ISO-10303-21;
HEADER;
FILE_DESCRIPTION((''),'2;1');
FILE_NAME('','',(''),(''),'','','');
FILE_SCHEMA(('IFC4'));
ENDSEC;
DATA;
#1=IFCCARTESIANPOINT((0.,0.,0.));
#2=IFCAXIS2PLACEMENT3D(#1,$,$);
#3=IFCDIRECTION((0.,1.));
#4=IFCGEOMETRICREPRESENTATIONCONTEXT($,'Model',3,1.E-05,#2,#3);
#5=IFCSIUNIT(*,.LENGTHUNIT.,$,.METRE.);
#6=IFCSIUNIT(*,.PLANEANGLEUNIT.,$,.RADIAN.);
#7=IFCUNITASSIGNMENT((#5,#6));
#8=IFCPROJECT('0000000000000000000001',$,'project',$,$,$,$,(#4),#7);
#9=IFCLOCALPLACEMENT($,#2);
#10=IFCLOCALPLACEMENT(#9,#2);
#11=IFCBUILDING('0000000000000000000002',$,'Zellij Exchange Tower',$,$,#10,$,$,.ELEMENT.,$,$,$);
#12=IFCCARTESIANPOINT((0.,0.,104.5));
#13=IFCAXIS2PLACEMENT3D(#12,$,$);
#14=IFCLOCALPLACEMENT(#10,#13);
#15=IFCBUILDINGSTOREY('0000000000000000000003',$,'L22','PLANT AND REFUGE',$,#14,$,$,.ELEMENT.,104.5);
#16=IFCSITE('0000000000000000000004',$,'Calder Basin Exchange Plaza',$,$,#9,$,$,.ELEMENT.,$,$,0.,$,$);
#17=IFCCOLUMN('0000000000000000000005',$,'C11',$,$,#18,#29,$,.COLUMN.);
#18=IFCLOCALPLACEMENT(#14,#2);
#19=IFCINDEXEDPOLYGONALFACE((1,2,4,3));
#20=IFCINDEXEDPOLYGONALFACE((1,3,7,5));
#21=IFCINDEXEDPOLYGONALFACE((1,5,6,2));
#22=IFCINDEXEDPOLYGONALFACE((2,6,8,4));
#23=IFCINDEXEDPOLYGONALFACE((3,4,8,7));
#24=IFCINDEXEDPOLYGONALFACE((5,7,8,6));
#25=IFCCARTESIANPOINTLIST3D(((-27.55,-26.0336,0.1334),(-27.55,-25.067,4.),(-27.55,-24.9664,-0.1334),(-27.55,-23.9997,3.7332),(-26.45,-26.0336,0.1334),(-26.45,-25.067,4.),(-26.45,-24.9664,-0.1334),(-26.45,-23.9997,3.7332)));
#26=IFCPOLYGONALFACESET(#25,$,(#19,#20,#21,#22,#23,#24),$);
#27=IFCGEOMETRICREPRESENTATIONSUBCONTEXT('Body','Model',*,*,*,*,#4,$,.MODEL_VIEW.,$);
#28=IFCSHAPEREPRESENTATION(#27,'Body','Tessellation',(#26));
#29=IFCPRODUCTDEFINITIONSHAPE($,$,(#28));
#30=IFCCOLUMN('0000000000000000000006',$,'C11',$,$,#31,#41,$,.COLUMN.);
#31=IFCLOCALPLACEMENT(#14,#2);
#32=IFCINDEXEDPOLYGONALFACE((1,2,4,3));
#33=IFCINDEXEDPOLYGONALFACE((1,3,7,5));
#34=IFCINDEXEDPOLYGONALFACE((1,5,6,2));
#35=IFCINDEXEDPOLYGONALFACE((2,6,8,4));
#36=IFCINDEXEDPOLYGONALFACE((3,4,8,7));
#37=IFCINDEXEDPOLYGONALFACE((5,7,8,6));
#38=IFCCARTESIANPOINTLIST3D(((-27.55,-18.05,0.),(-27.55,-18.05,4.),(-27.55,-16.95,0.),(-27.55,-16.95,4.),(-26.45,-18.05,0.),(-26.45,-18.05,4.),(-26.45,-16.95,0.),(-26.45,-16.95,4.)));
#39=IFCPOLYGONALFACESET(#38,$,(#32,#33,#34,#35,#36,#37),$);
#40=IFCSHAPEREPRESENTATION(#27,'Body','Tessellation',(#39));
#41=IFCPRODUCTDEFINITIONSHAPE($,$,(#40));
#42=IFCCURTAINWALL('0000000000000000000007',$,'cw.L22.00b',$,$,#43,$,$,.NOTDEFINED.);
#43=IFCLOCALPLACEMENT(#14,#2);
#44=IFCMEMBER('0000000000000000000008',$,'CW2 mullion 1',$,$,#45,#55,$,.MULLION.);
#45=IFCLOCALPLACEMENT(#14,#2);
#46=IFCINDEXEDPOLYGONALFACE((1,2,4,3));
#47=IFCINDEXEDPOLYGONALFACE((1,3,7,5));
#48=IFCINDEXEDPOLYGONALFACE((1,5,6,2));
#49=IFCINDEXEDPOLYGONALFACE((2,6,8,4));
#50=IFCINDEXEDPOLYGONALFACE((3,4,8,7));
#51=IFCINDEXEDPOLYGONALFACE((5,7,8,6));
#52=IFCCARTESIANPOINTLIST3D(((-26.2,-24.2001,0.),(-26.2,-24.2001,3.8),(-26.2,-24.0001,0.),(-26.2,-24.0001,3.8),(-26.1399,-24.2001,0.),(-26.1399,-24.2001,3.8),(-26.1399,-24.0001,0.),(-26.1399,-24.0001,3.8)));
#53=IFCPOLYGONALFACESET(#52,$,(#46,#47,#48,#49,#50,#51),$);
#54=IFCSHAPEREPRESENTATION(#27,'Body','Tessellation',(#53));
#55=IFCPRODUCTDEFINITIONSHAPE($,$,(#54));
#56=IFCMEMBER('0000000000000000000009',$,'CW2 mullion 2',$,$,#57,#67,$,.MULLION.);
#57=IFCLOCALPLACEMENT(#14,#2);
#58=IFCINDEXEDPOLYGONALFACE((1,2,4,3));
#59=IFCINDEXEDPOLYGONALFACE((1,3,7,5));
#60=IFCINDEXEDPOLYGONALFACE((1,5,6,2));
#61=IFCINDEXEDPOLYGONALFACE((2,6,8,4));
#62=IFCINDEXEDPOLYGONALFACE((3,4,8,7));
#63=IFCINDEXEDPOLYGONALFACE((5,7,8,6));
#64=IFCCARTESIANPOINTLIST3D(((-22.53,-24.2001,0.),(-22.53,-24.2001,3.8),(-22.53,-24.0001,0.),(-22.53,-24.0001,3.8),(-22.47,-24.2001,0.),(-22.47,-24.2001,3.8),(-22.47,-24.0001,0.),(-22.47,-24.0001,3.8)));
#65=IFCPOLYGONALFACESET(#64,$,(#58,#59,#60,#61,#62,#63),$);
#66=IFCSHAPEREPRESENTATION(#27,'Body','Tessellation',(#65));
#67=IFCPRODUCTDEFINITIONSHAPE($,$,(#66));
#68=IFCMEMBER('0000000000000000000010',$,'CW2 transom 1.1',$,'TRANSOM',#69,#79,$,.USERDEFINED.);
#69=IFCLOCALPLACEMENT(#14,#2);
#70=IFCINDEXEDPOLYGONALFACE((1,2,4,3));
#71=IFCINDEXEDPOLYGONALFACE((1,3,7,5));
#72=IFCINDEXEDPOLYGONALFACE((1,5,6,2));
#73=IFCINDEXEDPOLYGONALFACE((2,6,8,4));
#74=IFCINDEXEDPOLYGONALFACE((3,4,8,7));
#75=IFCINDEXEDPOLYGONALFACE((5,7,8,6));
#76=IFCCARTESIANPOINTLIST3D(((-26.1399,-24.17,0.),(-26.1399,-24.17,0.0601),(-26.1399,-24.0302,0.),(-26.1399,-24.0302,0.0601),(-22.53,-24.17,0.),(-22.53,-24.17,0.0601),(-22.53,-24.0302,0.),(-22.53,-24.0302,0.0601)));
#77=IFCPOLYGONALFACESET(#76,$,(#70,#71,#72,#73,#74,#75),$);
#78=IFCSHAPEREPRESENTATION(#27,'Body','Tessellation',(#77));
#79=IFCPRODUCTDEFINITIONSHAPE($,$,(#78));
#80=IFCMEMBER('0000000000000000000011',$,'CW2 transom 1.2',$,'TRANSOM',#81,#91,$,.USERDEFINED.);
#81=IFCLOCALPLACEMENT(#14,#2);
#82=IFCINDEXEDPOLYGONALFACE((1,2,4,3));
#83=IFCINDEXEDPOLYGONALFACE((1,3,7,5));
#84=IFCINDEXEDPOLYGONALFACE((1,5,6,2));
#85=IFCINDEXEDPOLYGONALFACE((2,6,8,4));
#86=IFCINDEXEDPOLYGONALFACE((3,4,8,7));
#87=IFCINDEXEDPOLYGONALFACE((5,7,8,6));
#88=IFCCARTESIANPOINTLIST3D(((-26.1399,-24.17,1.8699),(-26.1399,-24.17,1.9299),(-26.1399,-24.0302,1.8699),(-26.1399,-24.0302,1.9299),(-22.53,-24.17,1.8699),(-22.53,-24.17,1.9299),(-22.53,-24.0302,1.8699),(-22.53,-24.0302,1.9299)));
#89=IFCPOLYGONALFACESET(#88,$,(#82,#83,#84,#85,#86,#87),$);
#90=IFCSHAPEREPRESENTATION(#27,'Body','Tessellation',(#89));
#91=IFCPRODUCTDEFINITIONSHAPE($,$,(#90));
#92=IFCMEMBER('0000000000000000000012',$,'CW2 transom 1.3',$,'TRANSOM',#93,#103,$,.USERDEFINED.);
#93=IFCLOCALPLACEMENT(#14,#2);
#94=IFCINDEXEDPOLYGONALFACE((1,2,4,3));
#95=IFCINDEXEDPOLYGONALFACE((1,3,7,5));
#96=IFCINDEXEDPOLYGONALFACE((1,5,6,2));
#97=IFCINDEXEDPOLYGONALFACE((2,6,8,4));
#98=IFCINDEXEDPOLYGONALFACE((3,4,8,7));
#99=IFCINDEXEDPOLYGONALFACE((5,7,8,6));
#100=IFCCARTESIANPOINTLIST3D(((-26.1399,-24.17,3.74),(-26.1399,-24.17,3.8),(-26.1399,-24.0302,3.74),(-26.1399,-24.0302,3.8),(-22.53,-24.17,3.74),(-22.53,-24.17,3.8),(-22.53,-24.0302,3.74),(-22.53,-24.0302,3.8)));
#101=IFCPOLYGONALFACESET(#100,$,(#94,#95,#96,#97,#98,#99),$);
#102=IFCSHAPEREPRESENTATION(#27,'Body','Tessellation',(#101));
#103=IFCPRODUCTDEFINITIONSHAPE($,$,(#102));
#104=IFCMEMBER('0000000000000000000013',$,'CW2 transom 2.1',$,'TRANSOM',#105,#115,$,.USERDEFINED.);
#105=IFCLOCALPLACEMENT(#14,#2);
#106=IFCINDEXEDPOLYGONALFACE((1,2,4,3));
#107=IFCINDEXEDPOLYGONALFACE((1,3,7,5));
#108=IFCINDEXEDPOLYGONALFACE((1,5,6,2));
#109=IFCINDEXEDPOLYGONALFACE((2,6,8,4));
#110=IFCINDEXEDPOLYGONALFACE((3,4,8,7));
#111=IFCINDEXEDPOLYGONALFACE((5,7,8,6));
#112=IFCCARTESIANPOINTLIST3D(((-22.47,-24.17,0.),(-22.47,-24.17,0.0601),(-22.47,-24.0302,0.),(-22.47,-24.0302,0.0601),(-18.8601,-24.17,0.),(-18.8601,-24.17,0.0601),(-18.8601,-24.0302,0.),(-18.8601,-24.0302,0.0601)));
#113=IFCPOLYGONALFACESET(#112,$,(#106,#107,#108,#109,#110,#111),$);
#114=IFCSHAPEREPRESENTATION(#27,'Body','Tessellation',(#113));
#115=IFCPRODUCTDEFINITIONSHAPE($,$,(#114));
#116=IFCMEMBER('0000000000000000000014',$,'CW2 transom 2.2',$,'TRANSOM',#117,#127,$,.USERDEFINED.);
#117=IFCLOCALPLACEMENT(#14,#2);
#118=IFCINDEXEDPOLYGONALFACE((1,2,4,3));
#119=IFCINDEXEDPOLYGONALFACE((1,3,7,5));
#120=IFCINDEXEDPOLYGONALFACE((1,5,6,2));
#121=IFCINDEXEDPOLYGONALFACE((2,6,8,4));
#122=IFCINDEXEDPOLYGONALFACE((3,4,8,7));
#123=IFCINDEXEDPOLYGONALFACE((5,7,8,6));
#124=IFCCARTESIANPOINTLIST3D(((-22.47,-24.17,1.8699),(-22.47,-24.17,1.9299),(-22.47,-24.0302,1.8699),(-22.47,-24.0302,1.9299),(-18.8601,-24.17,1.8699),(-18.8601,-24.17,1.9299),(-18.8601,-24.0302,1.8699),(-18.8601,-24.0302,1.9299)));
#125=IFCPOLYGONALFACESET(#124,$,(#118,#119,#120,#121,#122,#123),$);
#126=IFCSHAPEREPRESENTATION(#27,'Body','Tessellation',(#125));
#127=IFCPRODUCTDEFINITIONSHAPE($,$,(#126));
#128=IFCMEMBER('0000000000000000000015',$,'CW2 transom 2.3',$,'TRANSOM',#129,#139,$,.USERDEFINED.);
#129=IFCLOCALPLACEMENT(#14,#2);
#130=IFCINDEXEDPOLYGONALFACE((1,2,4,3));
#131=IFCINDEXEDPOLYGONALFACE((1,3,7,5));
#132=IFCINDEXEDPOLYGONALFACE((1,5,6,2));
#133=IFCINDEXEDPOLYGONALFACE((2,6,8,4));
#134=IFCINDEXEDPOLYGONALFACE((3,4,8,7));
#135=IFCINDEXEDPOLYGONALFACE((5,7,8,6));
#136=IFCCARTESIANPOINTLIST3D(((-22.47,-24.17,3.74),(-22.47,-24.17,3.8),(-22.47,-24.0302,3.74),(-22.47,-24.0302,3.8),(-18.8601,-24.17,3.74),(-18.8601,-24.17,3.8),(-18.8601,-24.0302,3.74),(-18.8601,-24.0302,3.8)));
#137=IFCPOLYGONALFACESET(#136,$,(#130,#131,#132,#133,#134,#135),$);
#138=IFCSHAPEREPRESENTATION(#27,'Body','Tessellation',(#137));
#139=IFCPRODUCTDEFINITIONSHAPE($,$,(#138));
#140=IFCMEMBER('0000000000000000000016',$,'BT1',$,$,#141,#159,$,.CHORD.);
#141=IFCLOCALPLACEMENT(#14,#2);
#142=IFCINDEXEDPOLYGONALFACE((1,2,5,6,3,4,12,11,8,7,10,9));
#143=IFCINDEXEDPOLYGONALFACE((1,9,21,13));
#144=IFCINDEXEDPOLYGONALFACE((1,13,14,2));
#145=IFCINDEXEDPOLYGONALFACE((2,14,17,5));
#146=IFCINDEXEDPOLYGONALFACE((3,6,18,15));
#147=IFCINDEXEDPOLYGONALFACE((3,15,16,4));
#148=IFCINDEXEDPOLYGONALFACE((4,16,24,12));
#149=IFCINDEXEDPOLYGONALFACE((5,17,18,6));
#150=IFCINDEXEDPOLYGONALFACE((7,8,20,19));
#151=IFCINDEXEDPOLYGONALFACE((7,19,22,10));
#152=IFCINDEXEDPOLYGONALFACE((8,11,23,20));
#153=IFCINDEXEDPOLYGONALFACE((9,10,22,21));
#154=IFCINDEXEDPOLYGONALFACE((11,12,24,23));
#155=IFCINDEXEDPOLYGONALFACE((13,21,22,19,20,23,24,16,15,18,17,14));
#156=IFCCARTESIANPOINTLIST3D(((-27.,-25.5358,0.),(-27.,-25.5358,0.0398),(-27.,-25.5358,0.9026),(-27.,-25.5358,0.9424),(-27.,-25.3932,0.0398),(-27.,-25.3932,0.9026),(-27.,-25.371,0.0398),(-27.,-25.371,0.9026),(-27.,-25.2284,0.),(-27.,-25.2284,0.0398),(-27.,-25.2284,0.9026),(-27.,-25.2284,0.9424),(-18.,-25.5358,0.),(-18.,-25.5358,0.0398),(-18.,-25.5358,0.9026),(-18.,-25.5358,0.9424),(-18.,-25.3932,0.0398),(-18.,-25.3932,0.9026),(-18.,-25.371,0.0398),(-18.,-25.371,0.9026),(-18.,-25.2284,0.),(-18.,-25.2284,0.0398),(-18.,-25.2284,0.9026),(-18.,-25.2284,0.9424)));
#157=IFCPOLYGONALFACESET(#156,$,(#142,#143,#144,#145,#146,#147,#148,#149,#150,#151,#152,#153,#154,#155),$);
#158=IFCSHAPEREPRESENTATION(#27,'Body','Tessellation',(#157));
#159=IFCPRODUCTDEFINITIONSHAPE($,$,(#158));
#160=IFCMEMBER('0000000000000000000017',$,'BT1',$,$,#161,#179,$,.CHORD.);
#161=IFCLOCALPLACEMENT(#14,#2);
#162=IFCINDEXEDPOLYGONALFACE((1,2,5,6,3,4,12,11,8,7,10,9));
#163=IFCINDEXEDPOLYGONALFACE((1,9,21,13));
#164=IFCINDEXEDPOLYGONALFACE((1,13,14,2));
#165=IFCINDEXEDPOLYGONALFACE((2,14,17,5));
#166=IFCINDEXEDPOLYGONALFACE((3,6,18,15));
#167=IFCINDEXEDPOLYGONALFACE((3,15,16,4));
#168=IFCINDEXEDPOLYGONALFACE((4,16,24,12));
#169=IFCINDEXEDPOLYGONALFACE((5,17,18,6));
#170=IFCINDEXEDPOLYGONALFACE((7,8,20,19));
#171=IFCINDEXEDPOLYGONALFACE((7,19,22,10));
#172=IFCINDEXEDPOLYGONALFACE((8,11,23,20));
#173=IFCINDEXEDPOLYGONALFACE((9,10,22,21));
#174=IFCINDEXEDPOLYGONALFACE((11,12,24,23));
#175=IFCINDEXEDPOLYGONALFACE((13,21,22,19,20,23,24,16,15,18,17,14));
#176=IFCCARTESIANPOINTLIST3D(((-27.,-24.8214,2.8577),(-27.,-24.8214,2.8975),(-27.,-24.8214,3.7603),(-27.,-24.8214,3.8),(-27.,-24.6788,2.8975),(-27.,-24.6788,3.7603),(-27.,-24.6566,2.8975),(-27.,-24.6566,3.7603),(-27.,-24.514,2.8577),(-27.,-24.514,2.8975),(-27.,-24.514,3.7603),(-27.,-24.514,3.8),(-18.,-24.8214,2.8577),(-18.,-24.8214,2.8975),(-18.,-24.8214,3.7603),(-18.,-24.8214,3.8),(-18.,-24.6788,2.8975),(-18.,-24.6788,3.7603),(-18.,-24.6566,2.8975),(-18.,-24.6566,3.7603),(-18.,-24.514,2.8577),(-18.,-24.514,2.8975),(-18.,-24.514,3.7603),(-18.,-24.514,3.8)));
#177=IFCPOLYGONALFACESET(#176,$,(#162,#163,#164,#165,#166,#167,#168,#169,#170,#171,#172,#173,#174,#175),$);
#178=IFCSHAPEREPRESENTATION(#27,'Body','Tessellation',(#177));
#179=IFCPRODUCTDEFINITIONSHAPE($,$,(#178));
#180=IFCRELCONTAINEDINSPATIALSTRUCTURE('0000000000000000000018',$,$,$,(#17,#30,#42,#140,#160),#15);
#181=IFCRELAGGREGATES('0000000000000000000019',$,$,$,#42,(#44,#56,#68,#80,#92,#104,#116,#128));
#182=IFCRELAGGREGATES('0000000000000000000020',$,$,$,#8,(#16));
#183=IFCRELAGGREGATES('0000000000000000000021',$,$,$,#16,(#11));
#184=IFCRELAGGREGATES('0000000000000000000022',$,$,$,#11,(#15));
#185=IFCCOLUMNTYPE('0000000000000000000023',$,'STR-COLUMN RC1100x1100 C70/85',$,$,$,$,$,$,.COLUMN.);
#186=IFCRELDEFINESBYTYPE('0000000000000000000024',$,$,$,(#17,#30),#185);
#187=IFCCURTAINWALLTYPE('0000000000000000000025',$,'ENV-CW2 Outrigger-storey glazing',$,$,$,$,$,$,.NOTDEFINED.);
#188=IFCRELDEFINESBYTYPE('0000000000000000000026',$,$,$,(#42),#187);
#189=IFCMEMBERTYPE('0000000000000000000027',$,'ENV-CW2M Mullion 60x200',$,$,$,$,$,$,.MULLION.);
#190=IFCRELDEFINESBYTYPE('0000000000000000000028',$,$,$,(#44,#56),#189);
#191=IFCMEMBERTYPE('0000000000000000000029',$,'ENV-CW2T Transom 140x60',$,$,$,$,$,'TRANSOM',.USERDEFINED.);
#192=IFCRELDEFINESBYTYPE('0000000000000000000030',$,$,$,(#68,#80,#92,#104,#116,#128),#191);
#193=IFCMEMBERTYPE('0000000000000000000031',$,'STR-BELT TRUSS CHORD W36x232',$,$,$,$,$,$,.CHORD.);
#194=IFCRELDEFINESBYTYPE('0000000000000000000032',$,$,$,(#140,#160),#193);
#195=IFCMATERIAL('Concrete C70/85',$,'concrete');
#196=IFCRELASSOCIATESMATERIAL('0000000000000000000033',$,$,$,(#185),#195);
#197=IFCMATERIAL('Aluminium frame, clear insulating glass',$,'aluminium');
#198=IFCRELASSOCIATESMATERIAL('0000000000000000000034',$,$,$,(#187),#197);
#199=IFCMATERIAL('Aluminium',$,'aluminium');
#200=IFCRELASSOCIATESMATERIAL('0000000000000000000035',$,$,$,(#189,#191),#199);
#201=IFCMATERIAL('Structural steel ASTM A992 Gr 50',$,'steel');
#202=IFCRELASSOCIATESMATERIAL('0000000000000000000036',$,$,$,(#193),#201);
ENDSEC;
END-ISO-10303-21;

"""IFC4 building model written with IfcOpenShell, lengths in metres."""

from ifc_helpers import new_model, si_unit, direction, frame, origin, origin_2d, place, context, subcontext, project, spatial, rectangle, i_section, extrude, clip, halfspace, material, material_profile, profile_set, type_object, element, aggregate, save


model = new_model("IFC4")

# Units and contexts
model_context = context("Model", 3, precision=1e-05, world=origin(), true_north=direction((0.0, 1.0)))
body_context = subcontext(model_context, "Body", "Model", "MODEL_VIEW")
ifc_project = project(units=[si_unit("LENGTHUNIT", "METRE"), si_unit("PLANEANGLEUNIT", "RADIAN")], contexts=[model_context])

# Site, building, storey
site_placement = place(None, origin())
site = spatial("IfcSite", under=ifc_project, at=site_placement, Name="Calder Basin Exchange Plaza", CompositionType="ELEMENT", RefElevation=0.0)
building_placement = place(site_placement, origin())
building = spatial("IfcBuilding", under=site, at=building_placement, Name="Zellij Exchange Tower", CompositionType="ELEMENT")
storey_placement = place(building_placement, frame((0.0, 0.0, 104.5)))
storey = spatial("IfcBuildingStorey", under=building, at=storey_placement, Name="L22", Description="PLANT AND REFUGE", CompositionType="ELEMENT", Elevation=104.5)

# Columns
ifc_material_1 = material(Name="Concrete C70/85", Category="concrete")
ifc_material_profile_1 = material_profile(ifc_material_1, rectangle(XDim=1.1001, YDim=1.1001, at=origin_2d()), Name="STR-COLUMN RC1100x1100 C70/85")
ifc_profile_set_1 = profile_set([ifc_material_profile_1], Name="Concrete C70/85")
column_type = type_object("IfcColumnType", Name="STR-COLUMN RC1100x1100 C70/85", PredefinedType="COLUMN", material=ifc_profile_set_1)
column_1_placement = place(storey_placement, frame((-27.0, -25.5, 0.0), z_axis=(0.0, 0.242536, 0.970143), x_axis=(-1.0, 0.0, 0.0)))
element("IfcColumn", 1, at=column_1_placement, inside=storey, type_object=column_type, Name="C11", PredefinedType="COLUMN", context=body_context, shape_type="Clipping", body=[
    clip(extrude(rectangle(XDim=1.1001, YDim=1.1001, at=origin_2d()), origin(), (0.0, 0.0, 1.0), 4.123), halfspace(frame((0.0, 0.0, 3.9856)), False)),
])
column_2_placement = place(storey_placement, frame((-27.0, -17.5, 0.0), z_axis=(0.0, 0.0, 1.0), x_axis=(1.0, 0.0, 0.0)))
element("IfcColumn", 2, at=column_2_placement, inside=storey, type_object=column_type, Name="C11", PredefinedType="COLUMN", context=body_context, shape_type="SweptSolid", body=[
    extrude(rectangle(XDim=1.1001, YDim=1.1001, at=origin_2d()), origin(), (0.0, 0.0, 1.0), 4.0),
])

# Curtain wall, members
ifc_material_2 = material(Name="Aluminium frame, clear insulating glass", Category="aluminium")
curtain_wall_type = type_object("IfcCurtainWallType", Name="ENV-CW2 Outrigger-storey glazing", PredefinedType="NOTDEFINED", material=ifc_material_2)
curtain_wall_placement = place(storey_placement, origin())
curtain_wall = element("IfcCurtainWall", 3, at=curtain_wall_placement, inside=storey, type_object=curtain_wall_type, Name="cw.L22.00b", PredefinedType="NOTDEFINED")
ifc_material_3 = material(Name="Aluminium", Category="aluminium")
ifc_material_profile_2 = material_profile(ifc_material_3, rectangle(XDim=0.0601, YDim=0.2, at=origin_2d()), Name="AL 60x200")
ifc_profile_set_2 = profile_set([ifc_material_profile_2], Name="Aluminium")
member_type_1 = type_object("IfcMemberType", Name="ENV-CW2M Mullion 60x200", PredefinedType="MULLION", material=ifc_profile_set_2)
member_1_placement = place(storey_placement, frame((-26.1699, -24.1001, 0.0), z_axis=(0.0, 0.0, 1.0), x_axis=(1.0, 0.0, 0.0)))
member_1 = element("IfcMember", 4, at=member_1_placement, type_object=member_type_1, Name="CW2 mullion 1", PredefinedType="MULLION", context=body_context, shape_type="SweptSolid", body=[
    extrude(rectangle(XDim=0.0601, YDim=0.2, at=origin_2d()), origin(), (0.0, 0.0, 1.0), 3.8),
])
member_2_placement = place(storey_placement, frame((-22.5, -24.1001, 0.0), z_axis=(0.0, 0.0, 1.0), x_axis=(1.0, 0.0, 0.0)))
member_2 = element("IfcMember", 5, at=member_2_placement, type_object=member_type_1, Name="CW2 mullion 2", PredefinedType="MULLION", context=body_context, shape_type="SweptSolid", body=[
    extrude(rectangle(XDim=0.0601, YDim=0.2, at=origin_2d()), origin(), (0.0, 0.0, 1.0), 3.8),
])
ifc_material_profile_3 = material_profile(ifc_material_3, rectangle(XDim=0.1399, YDim=0.0601, at=origin_2d()), Name="AL 140x60")
ifc_profile_set_3 = profile_set([ifc_material_profile_3], Name="Aluminium")
member_type_2 = type_object("IfcMemberType", Name="ENV-CW2T Transom 140x60", ElementType="TRANSOM", PredefinedType="USERDEFINED", material=ifc_profile_set_3)
member_3_placement = place(storey_placement, frame((-26.1399, -24.1001, 0.03), z_axis=(1.0, 0.0, 0.0), x_axis=(0.0, 1.0, 0.0)))
member_3 = element("IfcMember", 6, at=member_3_placement, type_object=member_type_2, Name="CW2 transom 1.1", ObjectType="TRANSOM", PredefinedType="USERDEFINED", context=body_context, shape_type="SweptSolid", body=[
    extrude(rectangle(XDim=0.1399, YDim=0.0601, at=origin_2d()), origin(), (0.0, 0.0, 1.0), 3.6099),
])
member_4_placement = place(storey_placement, frame((-26.1399, -24.1001, 1.8999), z_axis=(1.0, 0.0, 0.0), x_axis=(0.0, 1.0, 0.0)))
member_4 = element("IfcMember", 7, at=member_4_placement, type_object=member_type_2, Name="CW2 transom 1.2", ObjectType="TRANSOM", PredefinedType="USERDEFINED", context=body_context, shape_type="SweptSolid", body=[
    extrude(rectangle(XDim=0.1399, YDim=0.0601, at=origin_2d()), origin(), (0.0, 0.0, 1.0), 3.6099),
])
member_5_placement = place(storey_placement, frame((-26.1399, -24.1001, 3.77), z_axis=(1.0, 0.0, 0.0), x_axis=(0.0, 1.0, 0.0)))
member_5 = element("IfcMember", 8, at=member_5_placement, type_object=member_type_2, Name="CW2 transom 1.3", ObjectType="TRANSOM", PredefinedType="USERDEFINED", context=body_context, shape_type="SweptSolid", body=[
    extrude(rectangle(XDim=0.1399, YDim=0.0601, at=origin_2d()), origin(), (0.0, 0.0, 1.0), 3.6099),
])
member_6_placement = place(storey_placement, frame((-22.47, -24.1001, 0.03), z_axis=(1.0, 0.0, 0.0), x_axis=(0.0, 1.0, 0.0)))
member_6 = element("IfcMember", 9, at=member_6_placement, type_object=member_type_2, Name="CW2 transom 2.1", ObjectType="TRANSOM", PredefinedType="USERDEFINED", context=body_context, shape_type="SweptSolid", body=[
    extrude(rectangle(XDim=0.1399, YDim=0.0601, at=origin_2d()), origin(), (0.0, 0.0, 1.0), 3.6099),
])
member_7_placement = place(storey_placement, frame((-22.47, -24.1001, 1.8999), z_axis=(1.0, 0.0, 0.0), x_axis=(0.0, 1.0, 0.0)))
member_7 = element("IfcMember", 10, at=member_7_placement, type_object=member_type_2, Name="CW2 transom 2.2", ObjectType="TRANSOM", PredefinedType="USERDEFINED", context=body_context, shape_type="SweptSolid", body=[
    extrude(rectangle(XDim=0.1399, YDim=0.0601, at=origin_2d()), origin(), (0.0, 0.0, 1.0), 3.6099),
])
member_8_placement = place(storey_placement, frame((-22.47, -24.1001, 3.77), z_axis=(1.0, 0.0, 0.0), x_axis=(0.0, 1.0, 0.0)))
member_8 = element("IfcMember", 11, at=member_8_placement, type_object=member_type_2, Name="CW2 transom 2.3", ObjectType="TRANSOM", PredefinedType="USERDEFINED", context=body_context, shape_type="SweptSolid", body=[
    extrude(rectangle(XDim=0.1399, YDim=0.0601, at=origin_2d()), origin(), (0.0, 0.0, 1.0), 3.6099),
])

# Members
ifc_material_4 = material(Name="Structural steel ASTM A992 Gr 50", Category="steel")
ifc_material_profile_4 = material_profile(ifc_material_4, i_section(OverallWidth=0.3074, OverallDepth=0.9424, WebThickness=0.0222, FlangeThickness=0.0398, at=origin_2d()), Name="W36x232")
ifc_profile_set_4 = profile_set([ifc_material_profile_4], Name="Structural steel ASTM A992 Gr 50")
member_type_3 = type_object("IfcMemberType", Name="STR-BELT TRUSS CHORD W36x232", PredefinedType="CHORD", material=ifc_profile_set_4)
for number, where, z_axis, x_axis, name in (
    (12, (-27.0, -25.3821, 0.4712), (1.0, 0.0, 0.0), (0.0, 1.0, 0.0), "BT1"),
    (13, (-27.0, -24.6677, 3.3289), (1.0, 0.0, 0.0), (0.0, 1.0, 0.0), "BT1"),
):
    element("IfcMember", number, at=place(storey_placement, frame(where, z_axis=z_axis, x_axis=x_axis)), inside=storey, type_object=member_type_3, Name=name, PredefinedType="CHORD", context=body_context, shape_type="SweptSolid", body=[
        extrude(i_section(OverallWidth=0.3074, OverallDepth=0.9424, WebThickness=0.0222, FlangeThickness=0.0398, at=origin_2d()), origin(), (0.0, 0.0, 1.0), 9.0),
    ])

aggregate(curtain_wall, [member_1, member_2, member_3, member_4, member_5, member_6, member_7, member_8])

save(model, "model.ifc")
